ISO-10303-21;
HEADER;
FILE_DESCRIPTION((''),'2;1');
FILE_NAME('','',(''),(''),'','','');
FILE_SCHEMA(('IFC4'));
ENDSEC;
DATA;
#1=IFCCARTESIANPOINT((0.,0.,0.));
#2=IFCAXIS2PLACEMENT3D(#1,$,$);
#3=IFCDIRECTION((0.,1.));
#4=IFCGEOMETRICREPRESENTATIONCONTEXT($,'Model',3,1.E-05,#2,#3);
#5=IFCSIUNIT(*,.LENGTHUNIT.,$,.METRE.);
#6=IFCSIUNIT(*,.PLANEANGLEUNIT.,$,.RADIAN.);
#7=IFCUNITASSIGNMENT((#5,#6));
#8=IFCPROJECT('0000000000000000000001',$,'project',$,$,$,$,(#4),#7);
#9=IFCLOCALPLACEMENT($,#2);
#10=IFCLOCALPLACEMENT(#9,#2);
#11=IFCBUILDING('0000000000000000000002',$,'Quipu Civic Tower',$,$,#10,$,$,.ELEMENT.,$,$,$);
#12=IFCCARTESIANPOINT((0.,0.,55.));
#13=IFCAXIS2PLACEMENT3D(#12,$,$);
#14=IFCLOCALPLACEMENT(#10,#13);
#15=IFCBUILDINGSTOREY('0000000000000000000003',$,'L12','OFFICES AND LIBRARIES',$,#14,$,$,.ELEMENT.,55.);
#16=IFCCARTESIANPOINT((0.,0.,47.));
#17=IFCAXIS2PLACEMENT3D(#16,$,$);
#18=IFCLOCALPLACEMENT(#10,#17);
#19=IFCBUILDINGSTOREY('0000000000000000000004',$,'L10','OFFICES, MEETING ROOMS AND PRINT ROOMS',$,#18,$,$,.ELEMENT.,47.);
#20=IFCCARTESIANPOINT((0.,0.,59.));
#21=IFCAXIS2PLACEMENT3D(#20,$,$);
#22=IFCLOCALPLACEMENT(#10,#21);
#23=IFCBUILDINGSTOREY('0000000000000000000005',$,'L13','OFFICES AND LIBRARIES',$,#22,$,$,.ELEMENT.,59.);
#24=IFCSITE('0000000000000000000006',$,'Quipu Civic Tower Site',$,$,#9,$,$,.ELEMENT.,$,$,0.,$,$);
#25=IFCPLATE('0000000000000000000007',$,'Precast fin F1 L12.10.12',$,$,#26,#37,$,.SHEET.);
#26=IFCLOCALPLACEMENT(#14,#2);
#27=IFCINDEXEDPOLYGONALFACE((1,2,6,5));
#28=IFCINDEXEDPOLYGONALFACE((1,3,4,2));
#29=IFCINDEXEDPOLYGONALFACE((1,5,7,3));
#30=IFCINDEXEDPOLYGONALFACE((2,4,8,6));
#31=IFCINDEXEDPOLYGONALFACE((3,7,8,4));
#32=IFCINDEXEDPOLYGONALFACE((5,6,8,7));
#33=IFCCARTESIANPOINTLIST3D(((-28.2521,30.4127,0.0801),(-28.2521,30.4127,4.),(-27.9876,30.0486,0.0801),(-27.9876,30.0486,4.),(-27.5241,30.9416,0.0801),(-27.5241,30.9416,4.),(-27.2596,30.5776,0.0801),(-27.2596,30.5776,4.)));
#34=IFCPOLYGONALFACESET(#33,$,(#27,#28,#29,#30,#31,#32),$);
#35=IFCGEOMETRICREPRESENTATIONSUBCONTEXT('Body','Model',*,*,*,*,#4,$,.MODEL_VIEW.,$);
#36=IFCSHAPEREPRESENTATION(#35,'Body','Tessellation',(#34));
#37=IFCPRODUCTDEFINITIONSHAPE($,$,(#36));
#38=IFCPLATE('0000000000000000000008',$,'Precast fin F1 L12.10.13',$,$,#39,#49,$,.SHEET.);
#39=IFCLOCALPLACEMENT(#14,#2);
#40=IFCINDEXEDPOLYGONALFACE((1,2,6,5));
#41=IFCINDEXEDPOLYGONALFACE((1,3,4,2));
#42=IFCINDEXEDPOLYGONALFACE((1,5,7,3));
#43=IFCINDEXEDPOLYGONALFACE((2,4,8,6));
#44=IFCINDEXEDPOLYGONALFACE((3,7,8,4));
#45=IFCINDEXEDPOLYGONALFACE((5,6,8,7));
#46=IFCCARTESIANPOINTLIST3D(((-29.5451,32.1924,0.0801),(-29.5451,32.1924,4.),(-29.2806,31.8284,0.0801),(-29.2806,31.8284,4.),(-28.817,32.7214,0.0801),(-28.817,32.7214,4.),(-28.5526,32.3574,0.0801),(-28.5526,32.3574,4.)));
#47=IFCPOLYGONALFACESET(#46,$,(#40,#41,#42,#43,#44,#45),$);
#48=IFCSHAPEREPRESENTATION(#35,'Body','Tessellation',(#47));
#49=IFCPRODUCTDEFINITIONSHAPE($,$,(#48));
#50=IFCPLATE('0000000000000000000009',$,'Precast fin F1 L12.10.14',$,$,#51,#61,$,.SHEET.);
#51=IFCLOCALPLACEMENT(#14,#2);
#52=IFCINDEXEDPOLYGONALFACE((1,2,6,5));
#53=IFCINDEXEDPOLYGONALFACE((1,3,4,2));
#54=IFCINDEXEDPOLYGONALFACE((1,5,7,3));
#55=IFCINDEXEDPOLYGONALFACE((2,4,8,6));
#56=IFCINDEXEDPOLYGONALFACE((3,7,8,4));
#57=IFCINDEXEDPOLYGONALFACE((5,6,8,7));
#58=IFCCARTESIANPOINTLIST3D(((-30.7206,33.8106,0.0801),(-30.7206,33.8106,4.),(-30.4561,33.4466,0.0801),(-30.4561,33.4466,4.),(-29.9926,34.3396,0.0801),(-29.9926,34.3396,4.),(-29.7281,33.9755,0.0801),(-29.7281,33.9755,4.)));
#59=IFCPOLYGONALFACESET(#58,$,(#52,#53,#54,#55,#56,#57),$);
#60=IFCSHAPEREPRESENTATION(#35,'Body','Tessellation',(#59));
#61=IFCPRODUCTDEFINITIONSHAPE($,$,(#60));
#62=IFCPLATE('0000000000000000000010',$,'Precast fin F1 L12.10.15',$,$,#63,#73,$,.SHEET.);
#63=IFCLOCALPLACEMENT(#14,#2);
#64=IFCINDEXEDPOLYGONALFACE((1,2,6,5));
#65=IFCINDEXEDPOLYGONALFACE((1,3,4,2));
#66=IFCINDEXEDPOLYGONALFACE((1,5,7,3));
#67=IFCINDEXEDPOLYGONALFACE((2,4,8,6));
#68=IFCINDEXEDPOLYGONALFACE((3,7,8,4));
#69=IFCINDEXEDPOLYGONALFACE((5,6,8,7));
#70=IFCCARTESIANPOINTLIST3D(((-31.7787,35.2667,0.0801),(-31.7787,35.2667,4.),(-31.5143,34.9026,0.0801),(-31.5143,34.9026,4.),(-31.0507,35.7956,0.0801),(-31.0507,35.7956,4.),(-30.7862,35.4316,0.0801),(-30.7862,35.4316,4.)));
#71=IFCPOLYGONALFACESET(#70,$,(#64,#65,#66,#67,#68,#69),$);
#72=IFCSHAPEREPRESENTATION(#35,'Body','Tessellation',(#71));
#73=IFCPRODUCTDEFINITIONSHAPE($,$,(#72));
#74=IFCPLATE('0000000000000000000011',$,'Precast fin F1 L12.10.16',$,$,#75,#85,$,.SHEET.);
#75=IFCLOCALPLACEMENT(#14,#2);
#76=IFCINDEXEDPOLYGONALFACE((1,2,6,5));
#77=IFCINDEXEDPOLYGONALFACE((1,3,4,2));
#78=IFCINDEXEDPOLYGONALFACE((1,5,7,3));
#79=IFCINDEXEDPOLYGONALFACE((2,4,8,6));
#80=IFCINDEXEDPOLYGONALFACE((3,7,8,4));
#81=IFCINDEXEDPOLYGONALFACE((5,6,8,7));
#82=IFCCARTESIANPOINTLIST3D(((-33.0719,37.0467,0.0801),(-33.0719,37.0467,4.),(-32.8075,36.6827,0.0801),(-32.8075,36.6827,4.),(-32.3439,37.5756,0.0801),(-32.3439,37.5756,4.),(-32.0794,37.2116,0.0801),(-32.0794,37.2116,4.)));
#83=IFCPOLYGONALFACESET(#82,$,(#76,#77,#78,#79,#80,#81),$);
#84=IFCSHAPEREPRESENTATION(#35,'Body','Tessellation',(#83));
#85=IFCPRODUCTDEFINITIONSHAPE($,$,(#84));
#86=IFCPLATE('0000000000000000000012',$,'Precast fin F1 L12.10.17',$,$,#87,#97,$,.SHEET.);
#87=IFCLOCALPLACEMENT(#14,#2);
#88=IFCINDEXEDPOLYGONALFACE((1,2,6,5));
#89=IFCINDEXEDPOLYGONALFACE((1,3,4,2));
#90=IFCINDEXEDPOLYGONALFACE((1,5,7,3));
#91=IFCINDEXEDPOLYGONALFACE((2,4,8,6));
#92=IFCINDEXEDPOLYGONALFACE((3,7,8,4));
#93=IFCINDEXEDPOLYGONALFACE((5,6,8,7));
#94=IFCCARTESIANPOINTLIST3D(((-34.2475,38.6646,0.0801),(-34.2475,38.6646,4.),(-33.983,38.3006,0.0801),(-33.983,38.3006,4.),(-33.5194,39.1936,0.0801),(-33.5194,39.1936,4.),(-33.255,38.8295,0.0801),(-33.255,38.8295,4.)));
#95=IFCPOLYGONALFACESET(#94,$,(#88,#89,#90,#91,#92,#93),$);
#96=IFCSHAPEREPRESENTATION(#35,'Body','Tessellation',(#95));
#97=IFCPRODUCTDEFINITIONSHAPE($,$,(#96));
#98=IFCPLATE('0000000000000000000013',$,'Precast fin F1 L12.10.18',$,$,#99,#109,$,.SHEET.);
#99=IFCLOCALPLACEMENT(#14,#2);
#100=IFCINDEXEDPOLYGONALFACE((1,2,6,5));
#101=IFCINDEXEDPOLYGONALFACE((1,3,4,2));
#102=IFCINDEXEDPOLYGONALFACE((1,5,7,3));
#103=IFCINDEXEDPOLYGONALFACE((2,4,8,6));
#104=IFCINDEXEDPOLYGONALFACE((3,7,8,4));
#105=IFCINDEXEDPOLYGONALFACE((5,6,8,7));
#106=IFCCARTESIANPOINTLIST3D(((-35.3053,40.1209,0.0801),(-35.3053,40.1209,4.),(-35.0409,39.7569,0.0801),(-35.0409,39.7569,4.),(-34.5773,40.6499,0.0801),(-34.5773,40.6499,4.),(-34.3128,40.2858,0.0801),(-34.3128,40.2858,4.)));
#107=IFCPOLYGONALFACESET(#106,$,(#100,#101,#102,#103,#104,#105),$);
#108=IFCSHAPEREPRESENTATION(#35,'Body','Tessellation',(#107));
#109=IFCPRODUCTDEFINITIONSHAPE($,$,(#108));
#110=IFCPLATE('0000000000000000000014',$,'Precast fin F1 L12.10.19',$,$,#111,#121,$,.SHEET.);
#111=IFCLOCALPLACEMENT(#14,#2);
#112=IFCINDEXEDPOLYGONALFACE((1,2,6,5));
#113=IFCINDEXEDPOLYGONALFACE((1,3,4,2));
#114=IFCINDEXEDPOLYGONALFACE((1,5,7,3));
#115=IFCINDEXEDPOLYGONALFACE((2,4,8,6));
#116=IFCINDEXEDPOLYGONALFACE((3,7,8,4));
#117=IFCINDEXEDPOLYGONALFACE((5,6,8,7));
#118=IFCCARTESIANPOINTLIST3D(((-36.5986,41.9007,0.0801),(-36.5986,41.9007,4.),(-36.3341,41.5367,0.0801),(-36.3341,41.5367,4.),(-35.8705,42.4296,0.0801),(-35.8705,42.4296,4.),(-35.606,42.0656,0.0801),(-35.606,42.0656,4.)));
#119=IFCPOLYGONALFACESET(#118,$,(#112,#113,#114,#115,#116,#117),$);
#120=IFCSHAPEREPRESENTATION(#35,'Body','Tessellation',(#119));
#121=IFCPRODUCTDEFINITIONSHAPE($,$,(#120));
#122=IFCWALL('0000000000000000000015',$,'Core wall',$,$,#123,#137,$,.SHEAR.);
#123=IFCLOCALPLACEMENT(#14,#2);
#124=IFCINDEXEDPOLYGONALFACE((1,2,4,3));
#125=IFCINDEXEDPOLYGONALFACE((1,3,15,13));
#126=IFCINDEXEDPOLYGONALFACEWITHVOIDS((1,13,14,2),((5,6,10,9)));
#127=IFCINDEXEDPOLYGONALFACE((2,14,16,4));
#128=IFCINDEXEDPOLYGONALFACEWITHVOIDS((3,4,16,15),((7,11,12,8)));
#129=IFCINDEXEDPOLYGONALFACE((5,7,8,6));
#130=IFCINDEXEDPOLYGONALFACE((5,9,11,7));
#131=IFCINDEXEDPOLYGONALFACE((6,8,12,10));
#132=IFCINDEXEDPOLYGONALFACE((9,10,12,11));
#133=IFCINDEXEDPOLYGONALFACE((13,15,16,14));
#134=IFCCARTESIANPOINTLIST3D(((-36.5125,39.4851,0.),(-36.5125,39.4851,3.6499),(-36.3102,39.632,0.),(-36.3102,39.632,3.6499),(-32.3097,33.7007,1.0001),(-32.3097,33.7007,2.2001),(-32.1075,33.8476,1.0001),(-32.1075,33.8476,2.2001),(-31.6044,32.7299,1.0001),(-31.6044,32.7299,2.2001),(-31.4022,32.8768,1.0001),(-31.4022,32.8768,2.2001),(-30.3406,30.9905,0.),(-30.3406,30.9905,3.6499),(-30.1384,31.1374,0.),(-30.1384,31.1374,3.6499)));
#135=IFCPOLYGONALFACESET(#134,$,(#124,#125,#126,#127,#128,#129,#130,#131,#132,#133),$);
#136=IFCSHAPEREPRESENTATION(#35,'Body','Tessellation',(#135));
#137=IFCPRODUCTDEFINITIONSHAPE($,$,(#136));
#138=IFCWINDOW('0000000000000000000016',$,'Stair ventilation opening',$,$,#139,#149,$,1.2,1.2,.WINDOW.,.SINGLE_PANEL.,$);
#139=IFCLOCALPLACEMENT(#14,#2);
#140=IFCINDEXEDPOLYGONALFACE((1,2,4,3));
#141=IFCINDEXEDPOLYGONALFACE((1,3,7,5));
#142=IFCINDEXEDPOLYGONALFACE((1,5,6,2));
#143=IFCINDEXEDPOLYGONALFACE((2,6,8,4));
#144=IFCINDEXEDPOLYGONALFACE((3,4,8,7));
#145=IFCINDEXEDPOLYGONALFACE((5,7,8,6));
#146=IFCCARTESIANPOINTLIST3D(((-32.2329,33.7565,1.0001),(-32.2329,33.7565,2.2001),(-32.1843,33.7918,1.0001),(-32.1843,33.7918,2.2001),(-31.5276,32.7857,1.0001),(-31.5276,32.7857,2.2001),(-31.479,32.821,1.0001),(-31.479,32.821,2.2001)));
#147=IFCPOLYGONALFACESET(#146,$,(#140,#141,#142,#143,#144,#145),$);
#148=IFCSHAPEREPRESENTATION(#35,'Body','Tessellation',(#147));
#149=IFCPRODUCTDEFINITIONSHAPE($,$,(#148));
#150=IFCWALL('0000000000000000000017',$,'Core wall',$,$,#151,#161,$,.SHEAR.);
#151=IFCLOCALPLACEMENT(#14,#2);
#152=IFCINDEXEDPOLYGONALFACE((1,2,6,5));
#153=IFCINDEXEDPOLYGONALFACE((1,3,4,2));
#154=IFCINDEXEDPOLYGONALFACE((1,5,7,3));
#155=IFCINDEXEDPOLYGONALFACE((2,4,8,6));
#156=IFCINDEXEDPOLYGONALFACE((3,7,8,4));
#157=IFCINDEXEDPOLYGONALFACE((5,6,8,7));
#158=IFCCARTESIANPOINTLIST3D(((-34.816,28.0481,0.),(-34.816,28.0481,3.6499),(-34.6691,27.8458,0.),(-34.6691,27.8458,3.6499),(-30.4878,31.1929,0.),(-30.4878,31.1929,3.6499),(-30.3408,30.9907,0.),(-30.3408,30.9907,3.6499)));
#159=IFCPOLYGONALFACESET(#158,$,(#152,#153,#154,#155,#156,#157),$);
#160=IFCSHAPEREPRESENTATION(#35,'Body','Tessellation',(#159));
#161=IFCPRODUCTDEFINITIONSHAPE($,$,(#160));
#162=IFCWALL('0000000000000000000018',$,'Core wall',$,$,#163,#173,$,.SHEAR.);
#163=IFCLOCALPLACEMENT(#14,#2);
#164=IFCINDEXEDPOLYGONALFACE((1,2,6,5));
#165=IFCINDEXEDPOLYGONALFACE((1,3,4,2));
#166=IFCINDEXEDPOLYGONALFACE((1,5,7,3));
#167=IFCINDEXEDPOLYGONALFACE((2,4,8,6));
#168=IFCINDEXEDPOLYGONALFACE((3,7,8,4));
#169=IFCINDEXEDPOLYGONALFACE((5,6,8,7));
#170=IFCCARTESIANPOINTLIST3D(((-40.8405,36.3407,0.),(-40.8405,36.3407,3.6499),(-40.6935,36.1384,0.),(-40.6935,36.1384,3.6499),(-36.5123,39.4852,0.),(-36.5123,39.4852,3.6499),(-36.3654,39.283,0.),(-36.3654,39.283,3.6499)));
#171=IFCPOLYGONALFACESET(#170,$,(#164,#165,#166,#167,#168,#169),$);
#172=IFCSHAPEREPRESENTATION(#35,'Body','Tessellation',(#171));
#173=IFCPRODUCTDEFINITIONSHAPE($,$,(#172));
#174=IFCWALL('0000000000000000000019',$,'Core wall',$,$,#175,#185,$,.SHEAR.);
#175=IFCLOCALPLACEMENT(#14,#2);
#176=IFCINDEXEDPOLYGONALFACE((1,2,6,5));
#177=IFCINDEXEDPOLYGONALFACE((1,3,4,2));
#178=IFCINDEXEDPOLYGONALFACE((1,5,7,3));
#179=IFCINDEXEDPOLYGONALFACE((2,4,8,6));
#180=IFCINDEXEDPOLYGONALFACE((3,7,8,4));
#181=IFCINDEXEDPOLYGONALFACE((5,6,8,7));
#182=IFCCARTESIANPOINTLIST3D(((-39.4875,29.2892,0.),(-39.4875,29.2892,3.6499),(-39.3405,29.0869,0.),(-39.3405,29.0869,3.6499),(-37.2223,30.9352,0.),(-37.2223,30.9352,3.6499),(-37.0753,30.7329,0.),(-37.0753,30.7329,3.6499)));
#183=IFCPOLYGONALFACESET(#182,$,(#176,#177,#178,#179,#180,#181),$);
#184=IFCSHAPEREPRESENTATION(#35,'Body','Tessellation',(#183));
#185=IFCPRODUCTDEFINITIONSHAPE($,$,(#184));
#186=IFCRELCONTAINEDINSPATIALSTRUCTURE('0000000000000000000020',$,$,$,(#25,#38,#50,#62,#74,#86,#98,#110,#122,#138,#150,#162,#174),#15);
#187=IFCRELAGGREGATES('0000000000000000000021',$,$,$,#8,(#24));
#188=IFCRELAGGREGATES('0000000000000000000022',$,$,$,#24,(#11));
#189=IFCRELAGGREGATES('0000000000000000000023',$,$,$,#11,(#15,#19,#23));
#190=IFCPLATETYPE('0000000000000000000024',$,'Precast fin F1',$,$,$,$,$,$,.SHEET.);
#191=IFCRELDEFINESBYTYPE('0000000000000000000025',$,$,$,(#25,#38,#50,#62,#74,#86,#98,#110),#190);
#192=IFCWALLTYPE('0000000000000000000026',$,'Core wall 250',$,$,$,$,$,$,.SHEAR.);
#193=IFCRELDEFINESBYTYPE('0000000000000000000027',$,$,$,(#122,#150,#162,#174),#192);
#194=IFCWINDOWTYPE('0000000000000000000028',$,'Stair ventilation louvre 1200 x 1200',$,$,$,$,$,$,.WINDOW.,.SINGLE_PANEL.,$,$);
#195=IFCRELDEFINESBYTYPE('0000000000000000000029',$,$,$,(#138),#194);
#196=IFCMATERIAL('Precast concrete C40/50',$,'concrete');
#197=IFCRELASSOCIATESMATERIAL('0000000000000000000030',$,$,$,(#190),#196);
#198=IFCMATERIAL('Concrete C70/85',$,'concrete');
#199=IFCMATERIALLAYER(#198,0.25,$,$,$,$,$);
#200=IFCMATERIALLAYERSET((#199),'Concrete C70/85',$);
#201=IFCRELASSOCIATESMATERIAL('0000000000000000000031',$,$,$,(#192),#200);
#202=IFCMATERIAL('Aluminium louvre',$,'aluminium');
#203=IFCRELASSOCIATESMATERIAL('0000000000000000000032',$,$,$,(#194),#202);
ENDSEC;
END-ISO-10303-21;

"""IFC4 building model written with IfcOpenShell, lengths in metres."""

from ifc_helpers import new_model, si_unit, direction, frame, frame_2d, origin, origin_2d, place, context, subcontext, project, spatial, rectangle, extrude, material, layer, layer_set, type_object, element, fill, save


model = new_model("IFC4")

# Units and contexts
model_context = context("Model", 3, precision=1e-05, world=origin(), true_north=direction((0.0, 1.0)))
body_context = subcontext(model_context, "Body", "Model", "MODEL_VIEW")
ifc_project = project(units=[si_unit("LENGTHUNIT", "METRE"), si_unit("PLANEANGLEUNIT", "RADIAN")], contexts=[model_context])

# Site, building, storey
site_placement = place(None, origin())
site = spatial("IfcSite", under=ifc_project, at=site_placement, Name="Quipu Civic Tower Site", CompositionType="ELEMENT", RefElevation=0.0)
building_placement = place(site_placement, origin())
building = spatial("IfcBuilding", under=site, at=building_placement, Name="Quipu Civic Tower", CompositionType="ELEMENT")
storey_1_placement = place(building_placement, frame((0.0, 0.0, 55.0)))
storey_1 = spatial("IfcBuildingStorey", under=building, at=storey_1_placement, Name="L12", Description="OFFICES AND LIBRARIES", CompositionType="ELEMENT", Elevation=55.0)

# Shared definitions
storey_2_placement = place(building_placement, frame((0.0, 0.0, 47.0)))
storey_2 = spatial("IfcBuildingStorey", under=building, at=storey_2_placement, Name="L10", Description="OFFICES, MEETING ROOMS AND PRINT ROOMS", CompositionType="ELEMENT", Elevation=47.0)

# Shared definitions
storey_3_placement = place(building_placement, frame((0.0, 0.0, 59.0)))
storey_3 = spatial("IfcBuildingStorey", under=building, at=storey_3_placement, Name="L13", Description="OFFICES AND LIBRARIES", CompositionType="ELEMENT", Elevation=59.0)

# Plates
ifc_material_1 = material(Name="Precast concrete C40/50", Category="concrete")
plate_type_1 = type_object("IfcPlateType", Name="Precast fin F1", PredefinedType="SHEET", material=ifc_material_1)
for number, where, z_axis, x_axis, name in (
    (1, (-27.7559, 30.4951, 0.0801), (0.0, 0.0, 1.0), (-0.587785, 0.809017, 0.0), "Precast fin F1 L12.10.12"),
    (2, (-29.0488, 32.2749, 0.0801), (0.0, 0.0, 1.0), (-0.587785, 0.809017, 0.0), "Precast fin F1 L12.10.13"),
    (3, (-30.2244, 33.8931, 0.0801), (0.0, 0.0, 1.0), (-0.587785, 0.809017, 0.0), "Precast fin F1 L12.10.14"),
    (4, (-31.2825, 35.3491, 0.0801), (0.0, 0.0, 1.0), (-0.587785, 0.809017, 0.0), "Precast fin F1 L12.10.15"),
    (5, (-32.5757, 37.1292, 0.0801), (0.0, 0.0, 1.0), (-0.587785, 0.809017, 0.0), "Precast fin F1 L12.10.16"),
    (6, (-33.7512, 38.7471, 0.0801), (0.0, 0.0, 1.0), (-0.587785, 0.809017, 0.0), "Precast fin F1 L12.10.17"),
    (7, (-34.8091, 40.2034, 0.0801), (0.0, 0.0, 1.0), (-0.587785, 0.809017, 0.0), "Precast fin F1 L12.10.18"),
    (8, (-36.1023, 41.9832, 0.0801), (0.0, 0.0, 1.0), (-0.587785, 0.809017, 0.0), "Precast fin F1 L12.10.19"),
):
    element("IfcPlate", number, at=place(storey_1_placement, frame(where, z_axis=z_axis, x_axis=x_axis)), inside=storey_1, type_object=plate_type_1, Name=name, PredefinedType="SHEET", context=body_context, shape_type="SweptSolid", body=[
        extrude(rectangle(XDim=0.45, YDim=0.8999, at=origin_2d()), origin(), (0.0, 0.0, 1.0), 3.9199),
    ])

# Wall, opening, window
ifc_material_2 = material(Name="Concrete C70/85", Category="concrete")
ifc_layer_1 = layer(ifc_material_2, 0.25)
ifc_layer_set_1 = layer_set([ifc_layer_1], Name="Concrete C70/85")
wall_type_1 = type_object("IfcWallType", Name="Core wall 250", PredefinedType="SHEAR", material=ifc_layer_set_1)
wall_1_placement = place(storey_1_placement, frame((-30.2395, 31.064, 0.0), z_axis=(0.0, 0.0, 1.0), x_axis=(-0.587796, 0.809009, 0.0)))
wall_1 = element("IfcWall", 9, at=wall_1_placement, inside=storey_1, type_object=wall_type_1, Name="Core wall", PredefinedType="SHEAR", context=body_context, shape_type="SweptSolid", body=[
    extrude(rectangle(XDim=10.5, YDim=0.25, at=frame_2d((5.25, 0.0))), origin(), (0.0, 0.0, 1.0), 3.6499),
])
opening_1_placement = place(wall_1_placement, frame((2.1499, 0.0, 1.0)))
opening_1 = element("IfcOpeningElement", 10, at=opening_1_placement, cuts=wall_1, PredefinedType="OPENING", context=body_context, shape_type="SweptSolid", body=[
    extrude(rectangle(XDim=1.2, YDim=1.2, at=frame_2d((0.6001, 0.6001))), frame((0.0, 0.135, 0.0), z_axis=(0.0, -1.0, 0.0), x_axis=(1.0, 0.0, 0.0)), (0.0, 0.0, 1.0), 0.27),
])
ifc_material_3 = material(Name="Aluminium louvre", Category="aluminium")
window_type = type_object("IfcWindowType", Name="Stair ventilation louvre 1200 x 1200", PartitioningType="SINGLE_PANEL", PredefinedType="WINDOW", material=ifc_material_3)
window_placement = place(opening_1_placement, origin())
window = element("IfcWindow", 11, at=window_placement, inside=storey_1, type_object=window_type, Name="Stair ventilation opening", OverallHeight=1.2, OverallWidth=1.2, PartitioningType="SINGLE_PANEL", PredefinedType="WINDOW", context=body_context, shape_type="SweptSolid", body=[
    extrude(rectangle(XDim=1.2, YDim=1.2, at=frame_2d((0.6001, 0.6001))), frame((0.0, 0.03, 0.0), z_axis=(0.0, -1.0, 0.0), x_axis=(1.0, 0.0, 0.0)), (0.0, 0.0, 1.0), 0.0601),
])
fill(opening_1, window)

# Walls
wall_2_placement = place(storey_1_placement, frame((-30.4143, 31.0918, 0.0), z_axis=(0.0, 0.0, 1.0), x_axis=(-0.808998, -0.587811, 0.0)))
element("IfcWall", 12, at=wall_2_placement, inside=storey_1, type_object=wall_type_1, Name="Core wall", PredefinedType="SHEAR", context=body_context, shape_type="SweptSolid", body=[
    extrude(rectangle(XDim=5.3501, YDim=0.25, at=frame_2d((2.675, 0.0))), origin(), (0.0, 0.0, 1.0), 3.6499),
])
wall_3_placement = place(storey_1_placement, frame((-36.439, 39.384, 0.0), z_axis=(0.0, 0.0, 1.0), x_axis=(-0.80902, -0.587781, 0.0)))
element("IfcWall", 13, at=wall_3_placement, inside=storey_1, type_object=wall_type_1, Name="Core wall", PredefinedType="SHEAR", context=body_context, shape_type="SweptSolid", body=[
    extrude(rectangle(XDim=5.3499, YDim=0.25, at=frame_2d((2.6748, 0.0))), origin(), (0.0, 0.0, 1.0), 3.6499),
])
wall_4_placement = place(storey_1_placement, frame((-37.1489, 30.834, 0.0), z_axis=(0.0, 0.0, 1.0), x_axis=(-0.80897, -0.58785, 0.0)))
element("IfcWall", 14, at=wall_4_placement, inside=storey_1, type_object=wall_type_1, Name="Core wall", PredefinedType="SHEAR", context=body_context, shape_type="SweptSolid", body=[
    extrude(rectangle(XDim=2.8, YDim=0.25, at=frame_2d((1.3999, 0.0))), origin(), (0.0, 0.0, 1.0), 3.6499),
])

save(model, "model.ifc")
